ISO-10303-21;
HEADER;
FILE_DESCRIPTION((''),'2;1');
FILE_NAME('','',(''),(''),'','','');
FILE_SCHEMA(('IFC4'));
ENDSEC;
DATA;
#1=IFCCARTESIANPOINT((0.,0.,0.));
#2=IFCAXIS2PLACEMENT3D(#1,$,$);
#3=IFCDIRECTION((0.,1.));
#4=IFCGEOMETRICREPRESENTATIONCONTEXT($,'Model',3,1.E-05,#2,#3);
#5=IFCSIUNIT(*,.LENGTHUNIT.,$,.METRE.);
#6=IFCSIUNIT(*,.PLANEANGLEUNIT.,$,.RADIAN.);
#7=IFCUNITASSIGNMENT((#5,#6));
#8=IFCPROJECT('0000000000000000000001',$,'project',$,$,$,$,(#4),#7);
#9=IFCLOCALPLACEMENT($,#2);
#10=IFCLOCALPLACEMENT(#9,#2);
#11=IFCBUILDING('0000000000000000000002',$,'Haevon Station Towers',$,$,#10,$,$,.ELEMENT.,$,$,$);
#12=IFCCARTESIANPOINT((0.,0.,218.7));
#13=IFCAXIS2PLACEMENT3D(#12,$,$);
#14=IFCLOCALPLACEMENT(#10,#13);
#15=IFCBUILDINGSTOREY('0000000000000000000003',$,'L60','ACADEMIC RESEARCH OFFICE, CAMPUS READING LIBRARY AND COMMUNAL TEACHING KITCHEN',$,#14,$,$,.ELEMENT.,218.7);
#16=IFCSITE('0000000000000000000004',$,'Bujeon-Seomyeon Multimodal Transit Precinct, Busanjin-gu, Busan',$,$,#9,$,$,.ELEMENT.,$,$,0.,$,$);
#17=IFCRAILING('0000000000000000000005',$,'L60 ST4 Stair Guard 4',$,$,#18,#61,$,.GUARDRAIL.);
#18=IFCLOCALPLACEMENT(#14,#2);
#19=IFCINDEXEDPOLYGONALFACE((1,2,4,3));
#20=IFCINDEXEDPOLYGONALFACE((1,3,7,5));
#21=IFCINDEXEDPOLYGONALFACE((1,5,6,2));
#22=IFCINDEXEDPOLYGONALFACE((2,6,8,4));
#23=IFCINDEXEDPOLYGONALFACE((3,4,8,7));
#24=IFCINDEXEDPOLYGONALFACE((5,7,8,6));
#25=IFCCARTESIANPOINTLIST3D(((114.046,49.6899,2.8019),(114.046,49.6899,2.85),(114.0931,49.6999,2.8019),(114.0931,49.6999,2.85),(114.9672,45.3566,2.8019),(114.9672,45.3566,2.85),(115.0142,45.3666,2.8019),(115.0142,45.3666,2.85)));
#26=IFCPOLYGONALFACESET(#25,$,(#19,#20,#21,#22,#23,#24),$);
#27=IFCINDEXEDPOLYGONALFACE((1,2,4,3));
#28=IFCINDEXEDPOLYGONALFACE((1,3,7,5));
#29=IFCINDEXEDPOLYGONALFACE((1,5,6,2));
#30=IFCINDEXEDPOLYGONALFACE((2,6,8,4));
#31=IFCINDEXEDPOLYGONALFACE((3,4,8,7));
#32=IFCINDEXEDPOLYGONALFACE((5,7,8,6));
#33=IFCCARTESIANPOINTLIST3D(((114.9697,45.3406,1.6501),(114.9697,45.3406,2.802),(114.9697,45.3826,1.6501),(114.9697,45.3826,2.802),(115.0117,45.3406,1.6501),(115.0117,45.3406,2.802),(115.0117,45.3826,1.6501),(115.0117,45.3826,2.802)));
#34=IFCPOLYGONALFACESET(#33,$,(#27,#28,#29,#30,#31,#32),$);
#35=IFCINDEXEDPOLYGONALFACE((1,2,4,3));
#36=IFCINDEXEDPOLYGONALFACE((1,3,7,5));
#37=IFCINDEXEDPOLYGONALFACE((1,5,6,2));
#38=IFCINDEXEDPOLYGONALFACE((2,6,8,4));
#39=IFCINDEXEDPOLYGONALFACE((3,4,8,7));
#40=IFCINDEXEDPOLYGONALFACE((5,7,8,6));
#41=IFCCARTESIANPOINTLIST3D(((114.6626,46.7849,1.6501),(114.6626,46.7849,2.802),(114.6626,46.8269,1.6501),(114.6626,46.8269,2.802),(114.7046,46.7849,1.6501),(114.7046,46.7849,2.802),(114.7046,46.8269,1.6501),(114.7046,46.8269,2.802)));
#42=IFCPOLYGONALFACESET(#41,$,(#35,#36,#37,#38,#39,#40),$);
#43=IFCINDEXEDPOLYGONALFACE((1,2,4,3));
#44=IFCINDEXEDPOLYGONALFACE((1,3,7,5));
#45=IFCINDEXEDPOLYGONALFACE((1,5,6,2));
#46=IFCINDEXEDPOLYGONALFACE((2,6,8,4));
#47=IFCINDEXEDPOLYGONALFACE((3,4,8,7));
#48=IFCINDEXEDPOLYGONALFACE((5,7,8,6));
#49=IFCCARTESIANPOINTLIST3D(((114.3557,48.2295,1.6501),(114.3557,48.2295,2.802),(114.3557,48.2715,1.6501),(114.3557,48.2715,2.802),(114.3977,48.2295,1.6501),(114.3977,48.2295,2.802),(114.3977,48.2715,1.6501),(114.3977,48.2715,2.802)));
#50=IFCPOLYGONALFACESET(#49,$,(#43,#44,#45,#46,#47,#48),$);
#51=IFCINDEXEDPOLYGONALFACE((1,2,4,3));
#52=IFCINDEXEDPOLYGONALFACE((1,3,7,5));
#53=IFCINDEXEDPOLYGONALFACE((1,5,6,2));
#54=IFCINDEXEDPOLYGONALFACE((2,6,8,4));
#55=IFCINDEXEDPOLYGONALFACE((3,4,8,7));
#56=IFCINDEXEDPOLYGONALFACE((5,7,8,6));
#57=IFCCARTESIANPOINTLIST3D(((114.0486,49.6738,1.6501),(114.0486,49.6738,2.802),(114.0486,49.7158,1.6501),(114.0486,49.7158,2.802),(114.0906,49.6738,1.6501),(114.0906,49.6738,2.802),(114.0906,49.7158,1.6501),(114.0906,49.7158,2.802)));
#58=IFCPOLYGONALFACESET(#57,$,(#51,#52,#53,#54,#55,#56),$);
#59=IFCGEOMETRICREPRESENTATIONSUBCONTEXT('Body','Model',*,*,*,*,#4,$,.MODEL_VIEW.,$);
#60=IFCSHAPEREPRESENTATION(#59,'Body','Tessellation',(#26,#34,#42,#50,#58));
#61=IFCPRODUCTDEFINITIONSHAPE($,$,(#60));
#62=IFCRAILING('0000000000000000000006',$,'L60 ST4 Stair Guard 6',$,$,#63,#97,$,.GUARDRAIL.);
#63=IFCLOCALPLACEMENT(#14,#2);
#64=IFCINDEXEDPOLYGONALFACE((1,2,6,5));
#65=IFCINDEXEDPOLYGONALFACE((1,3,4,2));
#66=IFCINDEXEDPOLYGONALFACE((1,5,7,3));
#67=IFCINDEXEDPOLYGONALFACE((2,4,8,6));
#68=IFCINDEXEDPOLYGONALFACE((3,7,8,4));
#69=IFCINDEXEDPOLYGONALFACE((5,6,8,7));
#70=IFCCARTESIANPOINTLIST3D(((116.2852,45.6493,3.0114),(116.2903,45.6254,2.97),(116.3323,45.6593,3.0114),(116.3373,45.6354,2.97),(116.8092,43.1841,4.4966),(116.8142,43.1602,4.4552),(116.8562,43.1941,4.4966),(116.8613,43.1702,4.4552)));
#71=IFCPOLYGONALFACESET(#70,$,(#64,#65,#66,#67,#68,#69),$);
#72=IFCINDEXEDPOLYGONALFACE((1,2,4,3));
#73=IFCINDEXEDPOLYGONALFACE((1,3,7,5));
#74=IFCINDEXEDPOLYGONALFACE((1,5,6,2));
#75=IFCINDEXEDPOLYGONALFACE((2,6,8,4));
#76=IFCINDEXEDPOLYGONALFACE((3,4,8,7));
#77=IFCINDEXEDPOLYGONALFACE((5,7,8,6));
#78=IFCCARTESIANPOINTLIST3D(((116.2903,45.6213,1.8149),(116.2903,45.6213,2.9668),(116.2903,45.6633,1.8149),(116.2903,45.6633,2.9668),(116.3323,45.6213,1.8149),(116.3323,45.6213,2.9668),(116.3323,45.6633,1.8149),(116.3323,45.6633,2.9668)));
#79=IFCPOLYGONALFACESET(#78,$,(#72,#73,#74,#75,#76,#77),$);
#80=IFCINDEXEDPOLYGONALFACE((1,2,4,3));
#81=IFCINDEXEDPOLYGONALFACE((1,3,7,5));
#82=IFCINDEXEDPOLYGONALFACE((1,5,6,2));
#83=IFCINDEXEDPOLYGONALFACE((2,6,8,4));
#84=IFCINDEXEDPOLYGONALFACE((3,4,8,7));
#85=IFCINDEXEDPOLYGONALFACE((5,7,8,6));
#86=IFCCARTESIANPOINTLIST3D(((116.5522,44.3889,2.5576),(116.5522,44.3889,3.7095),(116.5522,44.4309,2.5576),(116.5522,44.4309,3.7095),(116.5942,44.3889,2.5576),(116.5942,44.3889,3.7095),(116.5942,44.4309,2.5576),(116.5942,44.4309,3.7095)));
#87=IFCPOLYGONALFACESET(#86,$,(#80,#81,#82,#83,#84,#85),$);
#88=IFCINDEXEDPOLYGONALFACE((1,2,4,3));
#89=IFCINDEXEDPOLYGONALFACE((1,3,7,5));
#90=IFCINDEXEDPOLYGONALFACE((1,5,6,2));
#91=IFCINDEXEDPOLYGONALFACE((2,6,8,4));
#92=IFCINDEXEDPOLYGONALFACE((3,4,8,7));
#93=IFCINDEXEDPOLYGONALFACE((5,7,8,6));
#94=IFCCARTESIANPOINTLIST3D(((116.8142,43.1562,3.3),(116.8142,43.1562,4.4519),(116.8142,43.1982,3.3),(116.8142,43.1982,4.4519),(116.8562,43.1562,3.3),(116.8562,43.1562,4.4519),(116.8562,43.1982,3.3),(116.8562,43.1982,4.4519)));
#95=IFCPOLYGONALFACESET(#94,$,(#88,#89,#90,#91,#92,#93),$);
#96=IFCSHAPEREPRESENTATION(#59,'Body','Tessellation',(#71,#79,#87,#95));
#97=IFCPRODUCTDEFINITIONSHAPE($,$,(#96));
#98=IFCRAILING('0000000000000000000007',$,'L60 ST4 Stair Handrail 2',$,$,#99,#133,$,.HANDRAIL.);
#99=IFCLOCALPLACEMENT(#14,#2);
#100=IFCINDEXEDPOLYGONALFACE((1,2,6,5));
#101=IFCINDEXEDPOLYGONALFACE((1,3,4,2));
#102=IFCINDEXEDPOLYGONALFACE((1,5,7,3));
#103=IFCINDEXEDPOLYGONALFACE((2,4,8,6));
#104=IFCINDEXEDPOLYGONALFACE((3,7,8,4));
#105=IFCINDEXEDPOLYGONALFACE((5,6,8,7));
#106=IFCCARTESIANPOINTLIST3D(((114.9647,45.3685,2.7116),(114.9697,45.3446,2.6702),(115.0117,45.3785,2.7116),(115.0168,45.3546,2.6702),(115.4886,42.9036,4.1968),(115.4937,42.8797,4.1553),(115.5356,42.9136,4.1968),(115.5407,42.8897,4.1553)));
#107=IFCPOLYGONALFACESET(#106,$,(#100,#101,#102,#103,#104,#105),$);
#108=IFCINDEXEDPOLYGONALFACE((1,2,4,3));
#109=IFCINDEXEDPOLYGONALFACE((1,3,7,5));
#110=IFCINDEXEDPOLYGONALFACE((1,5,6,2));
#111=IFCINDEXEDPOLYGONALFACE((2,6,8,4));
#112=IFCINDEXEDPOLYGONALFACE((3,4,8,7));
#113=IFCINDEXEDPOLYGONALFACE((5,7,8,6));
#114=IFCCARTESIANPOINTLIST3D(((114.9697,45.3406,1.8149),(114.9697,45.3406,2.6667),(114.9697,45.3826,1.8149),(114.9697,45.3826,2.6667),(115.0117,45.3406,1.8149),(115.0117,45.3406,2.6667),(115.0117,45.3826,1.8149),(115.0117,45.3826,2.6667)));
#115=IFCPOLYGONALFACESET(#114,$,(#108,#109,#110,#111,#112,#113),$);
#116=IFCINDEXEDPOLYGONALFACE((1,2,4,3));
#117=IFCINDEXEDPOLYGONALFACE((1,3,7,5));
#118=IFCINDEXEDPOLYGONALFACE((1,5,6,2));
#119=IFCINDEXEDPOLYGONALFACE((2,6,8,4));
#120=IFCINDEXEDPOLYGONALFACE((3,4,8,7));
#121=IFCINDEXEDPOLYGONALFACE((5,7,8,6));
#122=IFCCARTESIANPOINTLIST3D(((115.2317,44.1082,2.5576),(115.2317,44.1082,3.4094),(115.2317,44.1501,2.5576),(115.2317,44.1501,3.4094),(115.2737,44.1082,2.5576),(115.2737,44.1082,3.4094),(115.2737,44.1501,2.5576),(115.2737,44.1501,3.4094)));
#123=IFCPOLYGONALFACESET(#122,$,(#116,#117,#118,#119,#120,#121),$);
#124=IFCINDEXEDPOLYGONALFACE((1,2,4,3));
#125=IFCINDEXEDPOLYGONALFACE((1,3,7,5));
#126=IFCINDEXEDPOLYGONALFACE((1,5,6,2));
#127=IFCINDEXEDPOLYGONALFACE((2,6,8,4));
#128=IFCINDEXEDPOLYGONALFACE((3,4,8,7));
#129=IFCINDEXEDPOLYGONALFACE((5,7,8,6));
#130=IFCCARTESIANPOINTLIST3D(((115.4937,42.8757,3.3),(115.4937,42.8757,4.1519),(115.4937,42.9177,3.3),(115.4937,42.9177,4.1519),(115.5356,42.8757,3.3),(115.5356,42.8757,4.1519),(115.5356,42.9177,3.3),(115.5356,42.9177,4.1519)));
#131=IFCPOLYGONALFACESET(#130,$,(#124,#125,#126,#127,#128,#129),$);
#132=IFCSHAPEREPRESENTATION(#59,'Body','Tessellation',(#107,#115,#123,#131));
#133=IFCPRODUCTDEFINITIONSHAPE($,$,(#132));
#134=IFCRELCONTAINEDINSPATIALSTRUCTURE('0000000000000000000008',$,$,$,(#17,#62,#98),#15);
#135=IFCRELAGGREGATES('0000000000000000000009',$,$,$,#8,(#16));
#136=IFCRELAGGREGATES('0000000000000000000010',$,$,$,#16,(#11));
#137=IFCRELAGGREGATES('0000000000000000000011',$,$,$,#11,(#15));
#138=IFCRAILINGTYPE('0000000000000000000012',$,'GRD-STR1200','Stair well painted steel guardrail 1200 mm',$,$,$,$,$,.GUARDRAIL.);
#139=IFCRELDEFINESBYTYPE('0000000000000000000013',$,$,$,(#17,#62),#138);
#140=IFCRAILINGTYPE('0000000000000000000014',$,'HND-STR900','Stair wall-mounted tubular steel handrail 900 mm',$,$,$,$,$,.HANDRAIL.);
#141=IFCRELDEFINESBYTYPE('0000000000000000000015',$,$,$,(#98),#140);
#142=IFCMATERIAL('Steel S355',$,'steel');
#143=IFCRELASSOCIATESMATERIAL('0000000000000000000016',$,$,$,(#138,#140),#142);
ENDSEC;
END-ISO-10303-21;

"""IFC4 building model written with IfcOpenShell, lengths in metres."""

from ifc_helpers import new_model, si_unit, direction, frame, origin, origin_2d, place, context, subcontext, project, spatial, rectangle, extrude, material, type_object, element, save


model = new_model("IFC4")

# Units and contexts
model_context = context("Model", 3, precision=1e-05, world=origin(), true_north=direction((0.0, 1.0)))
body_context = subcontext(model_context, "Body", "Model", "MODEL_VIEW")
ifc_project = project(units=[si_unit("LENGTHUNIT", "METRE"), si_unit("PLANEANGLEUNIT", "RADIAN")], contexts=[model_context])

# Site, building, storey
site_placement = place(None, origin())
site = spatial("IfcSite", under=ifc_project, at=site_placement, Name="Bujeon-Seomyeon Multimodal Transit Precinct, Busanjin-gu, Busan", CompositionType="ELEMENT", RefElevation=0.0)
building_placement = place(site_placement, origin())
building = spatial("IfcBuilding", under=site, at=building_placement, Name="Haevon Station Towers", CompositionType="ELEMENT")
storey_placement = place(building_placement, frame((0.0, 0.0, 218.7)))
storey = spatial("IfcBuildingStorey", under=building, at=storey_placement, Name="L60", Description="ACADEMIC RESEARCH OFFICE, CAMPUS READING LIBRARY AND COMMUNAL TEACHING KITCHEN", CompositionType="ELEMENT", Elevation=218.7)

# Shared definitions
ifc_material_1 = material(Name="Steel S355", Category="steel")

# Railings
railing_type_1 = type_object("IfcRailingType", Name="GRD-STR1200", Description="Stair well painted steel guardrail 1200 mm", PredefinedType="GUARDRAIL", material=ifc_material_1)
railing_1_placement = place(storey_placement, frame((114.9907, 45.3616, 1.6501)))
element("IfcRailing", 1, at=railing_1_placement, inside=storey, type_object=railing_type_1, Name="L60 ST4 Stair Guard 4", PredefinedType="GUARDRAIL", context=body_context, shape_type="SweptSolid", body=[
    extrude(rectangle(XDim=0.0481, YDim=0.0481, at=origin_2d()), frame((0.0, 0.0, 1.1758), z_axis=(-0.207929, 0.978144, 0.0), x_axis=(-0.978144, -0.207929, 0.0)), (0.0, 0.0, 1.0), 4.4302),
    extrude(rectangle(XDim=0.042, YDim=0.042, at=origin_2d()), origin(), (0.0, 0.0, 1.0), 1.1519),
    extrude(rectangle(XDim=0.042, YDim=0.042, at=origin_2d()), frame((-0.3071, 1.4443, 0.0)), (0.0, 0.0, 1.0), 1.1519),
    extrude(rectangle(XDim=0.042, YDim=0.042, at=origin_2d()), frame((-0.614, 2.8889, 0.0)), (0.0, 0.0, 1.0), 1.1519),
    extrude(rectangle(XDim=0.042, YDim=0.042, at=origin_2d()), frame((-0.9211, 4.3333, 0.0)), (0.0, 0.0, 1.0), 1.1519),
])
railing_2_placement = place(storey_placement, frame((116.3113, 45.6423, 1.8149)))
element("IfcRailing", 2, at=railing_2_placement, inside=storey, type_object=railing_type_1, Name="L60 ST4 Stair Guard 6", PredefinedType="GUARDRAIL", context=body_context, shape_type="SweptSolid", body=[
    extrude(rectangle(XDim=0.0481, YDim=0.0481, at=origin_2d()), frame((0.0, 0.0, 1.1758), z_axis=(0.179109, -0.842712, 0.507697), x_axis=(0.978151, 0.207895, 0.0)), (0.0, 0.0, 1.0), 2.9253),
    extrude(rectangle(XDim=0.042, YDim=0.042, at=origin_2d()), origin(), (0.0, 0.0, 1.0), 1.1519),
    extrude(rectangle(XDim=0.042, YDim=0.042, at=origin_2d()), frame((0.262, -1.2324, 0.7427)), (0.0, 0.0, 1.0), 1.1519),
    extrude(rectangle(XDim=0.042, YDim=0.042, at=origin_2d()), frame((0.5239, -2.4651, 1.4851)), (0.0, 0.0, 1.0), 1.1519),
])
railing_type_2 = type_object("IfcRailingType", Name="HND-STR900", Description="Stair wall-mounted tubular steel handrail 900 mm", PredefinedType="HANDRAIL", material=ifc_material_1)
railing_3_placement = place(storey_placement, frame((114.9907, 45.3616, 1.8149)))
element("IfcRailing", 3, at=railing_3_placement, inside=storey, type_object=railing_type_2, Name="L60 ST4 Stair Handrail 2", PredefinedType="HANDRAIL", context=body_context, shape_type="SweptSolid", body=[
    extrude(rectangle(XDim=0.0481, YDim=0.0481, at=origin_2d()), frame((0.0, 0.0, 0.876), z_axis=(0.179121, -0.842688, 0.507733), x_axis=(0.978147, 0.207914, 0.0)), (0.0, 0.0, 1.0), 2.925),
    extrude(rectangle(XDim=0.042, YDim=0.042, at=origin_2d()), origin(), (0.0, 0.0, 1.0), 0.8518),
    extrude(rectangle(XDim=0.042, YDim=0.042, at=origin_2d()), frame((0.262, -1.2324, 0.7427)), (0.0, 0.0, 1.0), 0.8518),
    extrude(rectangle(XDim=0.042, YDim=0.042, at=origin_2d()), frame((0.5239, -2.4648, 1.4851)), (0.0, 0.0, 1.0), 0.8518),
])

save(model, "model.ifc")
